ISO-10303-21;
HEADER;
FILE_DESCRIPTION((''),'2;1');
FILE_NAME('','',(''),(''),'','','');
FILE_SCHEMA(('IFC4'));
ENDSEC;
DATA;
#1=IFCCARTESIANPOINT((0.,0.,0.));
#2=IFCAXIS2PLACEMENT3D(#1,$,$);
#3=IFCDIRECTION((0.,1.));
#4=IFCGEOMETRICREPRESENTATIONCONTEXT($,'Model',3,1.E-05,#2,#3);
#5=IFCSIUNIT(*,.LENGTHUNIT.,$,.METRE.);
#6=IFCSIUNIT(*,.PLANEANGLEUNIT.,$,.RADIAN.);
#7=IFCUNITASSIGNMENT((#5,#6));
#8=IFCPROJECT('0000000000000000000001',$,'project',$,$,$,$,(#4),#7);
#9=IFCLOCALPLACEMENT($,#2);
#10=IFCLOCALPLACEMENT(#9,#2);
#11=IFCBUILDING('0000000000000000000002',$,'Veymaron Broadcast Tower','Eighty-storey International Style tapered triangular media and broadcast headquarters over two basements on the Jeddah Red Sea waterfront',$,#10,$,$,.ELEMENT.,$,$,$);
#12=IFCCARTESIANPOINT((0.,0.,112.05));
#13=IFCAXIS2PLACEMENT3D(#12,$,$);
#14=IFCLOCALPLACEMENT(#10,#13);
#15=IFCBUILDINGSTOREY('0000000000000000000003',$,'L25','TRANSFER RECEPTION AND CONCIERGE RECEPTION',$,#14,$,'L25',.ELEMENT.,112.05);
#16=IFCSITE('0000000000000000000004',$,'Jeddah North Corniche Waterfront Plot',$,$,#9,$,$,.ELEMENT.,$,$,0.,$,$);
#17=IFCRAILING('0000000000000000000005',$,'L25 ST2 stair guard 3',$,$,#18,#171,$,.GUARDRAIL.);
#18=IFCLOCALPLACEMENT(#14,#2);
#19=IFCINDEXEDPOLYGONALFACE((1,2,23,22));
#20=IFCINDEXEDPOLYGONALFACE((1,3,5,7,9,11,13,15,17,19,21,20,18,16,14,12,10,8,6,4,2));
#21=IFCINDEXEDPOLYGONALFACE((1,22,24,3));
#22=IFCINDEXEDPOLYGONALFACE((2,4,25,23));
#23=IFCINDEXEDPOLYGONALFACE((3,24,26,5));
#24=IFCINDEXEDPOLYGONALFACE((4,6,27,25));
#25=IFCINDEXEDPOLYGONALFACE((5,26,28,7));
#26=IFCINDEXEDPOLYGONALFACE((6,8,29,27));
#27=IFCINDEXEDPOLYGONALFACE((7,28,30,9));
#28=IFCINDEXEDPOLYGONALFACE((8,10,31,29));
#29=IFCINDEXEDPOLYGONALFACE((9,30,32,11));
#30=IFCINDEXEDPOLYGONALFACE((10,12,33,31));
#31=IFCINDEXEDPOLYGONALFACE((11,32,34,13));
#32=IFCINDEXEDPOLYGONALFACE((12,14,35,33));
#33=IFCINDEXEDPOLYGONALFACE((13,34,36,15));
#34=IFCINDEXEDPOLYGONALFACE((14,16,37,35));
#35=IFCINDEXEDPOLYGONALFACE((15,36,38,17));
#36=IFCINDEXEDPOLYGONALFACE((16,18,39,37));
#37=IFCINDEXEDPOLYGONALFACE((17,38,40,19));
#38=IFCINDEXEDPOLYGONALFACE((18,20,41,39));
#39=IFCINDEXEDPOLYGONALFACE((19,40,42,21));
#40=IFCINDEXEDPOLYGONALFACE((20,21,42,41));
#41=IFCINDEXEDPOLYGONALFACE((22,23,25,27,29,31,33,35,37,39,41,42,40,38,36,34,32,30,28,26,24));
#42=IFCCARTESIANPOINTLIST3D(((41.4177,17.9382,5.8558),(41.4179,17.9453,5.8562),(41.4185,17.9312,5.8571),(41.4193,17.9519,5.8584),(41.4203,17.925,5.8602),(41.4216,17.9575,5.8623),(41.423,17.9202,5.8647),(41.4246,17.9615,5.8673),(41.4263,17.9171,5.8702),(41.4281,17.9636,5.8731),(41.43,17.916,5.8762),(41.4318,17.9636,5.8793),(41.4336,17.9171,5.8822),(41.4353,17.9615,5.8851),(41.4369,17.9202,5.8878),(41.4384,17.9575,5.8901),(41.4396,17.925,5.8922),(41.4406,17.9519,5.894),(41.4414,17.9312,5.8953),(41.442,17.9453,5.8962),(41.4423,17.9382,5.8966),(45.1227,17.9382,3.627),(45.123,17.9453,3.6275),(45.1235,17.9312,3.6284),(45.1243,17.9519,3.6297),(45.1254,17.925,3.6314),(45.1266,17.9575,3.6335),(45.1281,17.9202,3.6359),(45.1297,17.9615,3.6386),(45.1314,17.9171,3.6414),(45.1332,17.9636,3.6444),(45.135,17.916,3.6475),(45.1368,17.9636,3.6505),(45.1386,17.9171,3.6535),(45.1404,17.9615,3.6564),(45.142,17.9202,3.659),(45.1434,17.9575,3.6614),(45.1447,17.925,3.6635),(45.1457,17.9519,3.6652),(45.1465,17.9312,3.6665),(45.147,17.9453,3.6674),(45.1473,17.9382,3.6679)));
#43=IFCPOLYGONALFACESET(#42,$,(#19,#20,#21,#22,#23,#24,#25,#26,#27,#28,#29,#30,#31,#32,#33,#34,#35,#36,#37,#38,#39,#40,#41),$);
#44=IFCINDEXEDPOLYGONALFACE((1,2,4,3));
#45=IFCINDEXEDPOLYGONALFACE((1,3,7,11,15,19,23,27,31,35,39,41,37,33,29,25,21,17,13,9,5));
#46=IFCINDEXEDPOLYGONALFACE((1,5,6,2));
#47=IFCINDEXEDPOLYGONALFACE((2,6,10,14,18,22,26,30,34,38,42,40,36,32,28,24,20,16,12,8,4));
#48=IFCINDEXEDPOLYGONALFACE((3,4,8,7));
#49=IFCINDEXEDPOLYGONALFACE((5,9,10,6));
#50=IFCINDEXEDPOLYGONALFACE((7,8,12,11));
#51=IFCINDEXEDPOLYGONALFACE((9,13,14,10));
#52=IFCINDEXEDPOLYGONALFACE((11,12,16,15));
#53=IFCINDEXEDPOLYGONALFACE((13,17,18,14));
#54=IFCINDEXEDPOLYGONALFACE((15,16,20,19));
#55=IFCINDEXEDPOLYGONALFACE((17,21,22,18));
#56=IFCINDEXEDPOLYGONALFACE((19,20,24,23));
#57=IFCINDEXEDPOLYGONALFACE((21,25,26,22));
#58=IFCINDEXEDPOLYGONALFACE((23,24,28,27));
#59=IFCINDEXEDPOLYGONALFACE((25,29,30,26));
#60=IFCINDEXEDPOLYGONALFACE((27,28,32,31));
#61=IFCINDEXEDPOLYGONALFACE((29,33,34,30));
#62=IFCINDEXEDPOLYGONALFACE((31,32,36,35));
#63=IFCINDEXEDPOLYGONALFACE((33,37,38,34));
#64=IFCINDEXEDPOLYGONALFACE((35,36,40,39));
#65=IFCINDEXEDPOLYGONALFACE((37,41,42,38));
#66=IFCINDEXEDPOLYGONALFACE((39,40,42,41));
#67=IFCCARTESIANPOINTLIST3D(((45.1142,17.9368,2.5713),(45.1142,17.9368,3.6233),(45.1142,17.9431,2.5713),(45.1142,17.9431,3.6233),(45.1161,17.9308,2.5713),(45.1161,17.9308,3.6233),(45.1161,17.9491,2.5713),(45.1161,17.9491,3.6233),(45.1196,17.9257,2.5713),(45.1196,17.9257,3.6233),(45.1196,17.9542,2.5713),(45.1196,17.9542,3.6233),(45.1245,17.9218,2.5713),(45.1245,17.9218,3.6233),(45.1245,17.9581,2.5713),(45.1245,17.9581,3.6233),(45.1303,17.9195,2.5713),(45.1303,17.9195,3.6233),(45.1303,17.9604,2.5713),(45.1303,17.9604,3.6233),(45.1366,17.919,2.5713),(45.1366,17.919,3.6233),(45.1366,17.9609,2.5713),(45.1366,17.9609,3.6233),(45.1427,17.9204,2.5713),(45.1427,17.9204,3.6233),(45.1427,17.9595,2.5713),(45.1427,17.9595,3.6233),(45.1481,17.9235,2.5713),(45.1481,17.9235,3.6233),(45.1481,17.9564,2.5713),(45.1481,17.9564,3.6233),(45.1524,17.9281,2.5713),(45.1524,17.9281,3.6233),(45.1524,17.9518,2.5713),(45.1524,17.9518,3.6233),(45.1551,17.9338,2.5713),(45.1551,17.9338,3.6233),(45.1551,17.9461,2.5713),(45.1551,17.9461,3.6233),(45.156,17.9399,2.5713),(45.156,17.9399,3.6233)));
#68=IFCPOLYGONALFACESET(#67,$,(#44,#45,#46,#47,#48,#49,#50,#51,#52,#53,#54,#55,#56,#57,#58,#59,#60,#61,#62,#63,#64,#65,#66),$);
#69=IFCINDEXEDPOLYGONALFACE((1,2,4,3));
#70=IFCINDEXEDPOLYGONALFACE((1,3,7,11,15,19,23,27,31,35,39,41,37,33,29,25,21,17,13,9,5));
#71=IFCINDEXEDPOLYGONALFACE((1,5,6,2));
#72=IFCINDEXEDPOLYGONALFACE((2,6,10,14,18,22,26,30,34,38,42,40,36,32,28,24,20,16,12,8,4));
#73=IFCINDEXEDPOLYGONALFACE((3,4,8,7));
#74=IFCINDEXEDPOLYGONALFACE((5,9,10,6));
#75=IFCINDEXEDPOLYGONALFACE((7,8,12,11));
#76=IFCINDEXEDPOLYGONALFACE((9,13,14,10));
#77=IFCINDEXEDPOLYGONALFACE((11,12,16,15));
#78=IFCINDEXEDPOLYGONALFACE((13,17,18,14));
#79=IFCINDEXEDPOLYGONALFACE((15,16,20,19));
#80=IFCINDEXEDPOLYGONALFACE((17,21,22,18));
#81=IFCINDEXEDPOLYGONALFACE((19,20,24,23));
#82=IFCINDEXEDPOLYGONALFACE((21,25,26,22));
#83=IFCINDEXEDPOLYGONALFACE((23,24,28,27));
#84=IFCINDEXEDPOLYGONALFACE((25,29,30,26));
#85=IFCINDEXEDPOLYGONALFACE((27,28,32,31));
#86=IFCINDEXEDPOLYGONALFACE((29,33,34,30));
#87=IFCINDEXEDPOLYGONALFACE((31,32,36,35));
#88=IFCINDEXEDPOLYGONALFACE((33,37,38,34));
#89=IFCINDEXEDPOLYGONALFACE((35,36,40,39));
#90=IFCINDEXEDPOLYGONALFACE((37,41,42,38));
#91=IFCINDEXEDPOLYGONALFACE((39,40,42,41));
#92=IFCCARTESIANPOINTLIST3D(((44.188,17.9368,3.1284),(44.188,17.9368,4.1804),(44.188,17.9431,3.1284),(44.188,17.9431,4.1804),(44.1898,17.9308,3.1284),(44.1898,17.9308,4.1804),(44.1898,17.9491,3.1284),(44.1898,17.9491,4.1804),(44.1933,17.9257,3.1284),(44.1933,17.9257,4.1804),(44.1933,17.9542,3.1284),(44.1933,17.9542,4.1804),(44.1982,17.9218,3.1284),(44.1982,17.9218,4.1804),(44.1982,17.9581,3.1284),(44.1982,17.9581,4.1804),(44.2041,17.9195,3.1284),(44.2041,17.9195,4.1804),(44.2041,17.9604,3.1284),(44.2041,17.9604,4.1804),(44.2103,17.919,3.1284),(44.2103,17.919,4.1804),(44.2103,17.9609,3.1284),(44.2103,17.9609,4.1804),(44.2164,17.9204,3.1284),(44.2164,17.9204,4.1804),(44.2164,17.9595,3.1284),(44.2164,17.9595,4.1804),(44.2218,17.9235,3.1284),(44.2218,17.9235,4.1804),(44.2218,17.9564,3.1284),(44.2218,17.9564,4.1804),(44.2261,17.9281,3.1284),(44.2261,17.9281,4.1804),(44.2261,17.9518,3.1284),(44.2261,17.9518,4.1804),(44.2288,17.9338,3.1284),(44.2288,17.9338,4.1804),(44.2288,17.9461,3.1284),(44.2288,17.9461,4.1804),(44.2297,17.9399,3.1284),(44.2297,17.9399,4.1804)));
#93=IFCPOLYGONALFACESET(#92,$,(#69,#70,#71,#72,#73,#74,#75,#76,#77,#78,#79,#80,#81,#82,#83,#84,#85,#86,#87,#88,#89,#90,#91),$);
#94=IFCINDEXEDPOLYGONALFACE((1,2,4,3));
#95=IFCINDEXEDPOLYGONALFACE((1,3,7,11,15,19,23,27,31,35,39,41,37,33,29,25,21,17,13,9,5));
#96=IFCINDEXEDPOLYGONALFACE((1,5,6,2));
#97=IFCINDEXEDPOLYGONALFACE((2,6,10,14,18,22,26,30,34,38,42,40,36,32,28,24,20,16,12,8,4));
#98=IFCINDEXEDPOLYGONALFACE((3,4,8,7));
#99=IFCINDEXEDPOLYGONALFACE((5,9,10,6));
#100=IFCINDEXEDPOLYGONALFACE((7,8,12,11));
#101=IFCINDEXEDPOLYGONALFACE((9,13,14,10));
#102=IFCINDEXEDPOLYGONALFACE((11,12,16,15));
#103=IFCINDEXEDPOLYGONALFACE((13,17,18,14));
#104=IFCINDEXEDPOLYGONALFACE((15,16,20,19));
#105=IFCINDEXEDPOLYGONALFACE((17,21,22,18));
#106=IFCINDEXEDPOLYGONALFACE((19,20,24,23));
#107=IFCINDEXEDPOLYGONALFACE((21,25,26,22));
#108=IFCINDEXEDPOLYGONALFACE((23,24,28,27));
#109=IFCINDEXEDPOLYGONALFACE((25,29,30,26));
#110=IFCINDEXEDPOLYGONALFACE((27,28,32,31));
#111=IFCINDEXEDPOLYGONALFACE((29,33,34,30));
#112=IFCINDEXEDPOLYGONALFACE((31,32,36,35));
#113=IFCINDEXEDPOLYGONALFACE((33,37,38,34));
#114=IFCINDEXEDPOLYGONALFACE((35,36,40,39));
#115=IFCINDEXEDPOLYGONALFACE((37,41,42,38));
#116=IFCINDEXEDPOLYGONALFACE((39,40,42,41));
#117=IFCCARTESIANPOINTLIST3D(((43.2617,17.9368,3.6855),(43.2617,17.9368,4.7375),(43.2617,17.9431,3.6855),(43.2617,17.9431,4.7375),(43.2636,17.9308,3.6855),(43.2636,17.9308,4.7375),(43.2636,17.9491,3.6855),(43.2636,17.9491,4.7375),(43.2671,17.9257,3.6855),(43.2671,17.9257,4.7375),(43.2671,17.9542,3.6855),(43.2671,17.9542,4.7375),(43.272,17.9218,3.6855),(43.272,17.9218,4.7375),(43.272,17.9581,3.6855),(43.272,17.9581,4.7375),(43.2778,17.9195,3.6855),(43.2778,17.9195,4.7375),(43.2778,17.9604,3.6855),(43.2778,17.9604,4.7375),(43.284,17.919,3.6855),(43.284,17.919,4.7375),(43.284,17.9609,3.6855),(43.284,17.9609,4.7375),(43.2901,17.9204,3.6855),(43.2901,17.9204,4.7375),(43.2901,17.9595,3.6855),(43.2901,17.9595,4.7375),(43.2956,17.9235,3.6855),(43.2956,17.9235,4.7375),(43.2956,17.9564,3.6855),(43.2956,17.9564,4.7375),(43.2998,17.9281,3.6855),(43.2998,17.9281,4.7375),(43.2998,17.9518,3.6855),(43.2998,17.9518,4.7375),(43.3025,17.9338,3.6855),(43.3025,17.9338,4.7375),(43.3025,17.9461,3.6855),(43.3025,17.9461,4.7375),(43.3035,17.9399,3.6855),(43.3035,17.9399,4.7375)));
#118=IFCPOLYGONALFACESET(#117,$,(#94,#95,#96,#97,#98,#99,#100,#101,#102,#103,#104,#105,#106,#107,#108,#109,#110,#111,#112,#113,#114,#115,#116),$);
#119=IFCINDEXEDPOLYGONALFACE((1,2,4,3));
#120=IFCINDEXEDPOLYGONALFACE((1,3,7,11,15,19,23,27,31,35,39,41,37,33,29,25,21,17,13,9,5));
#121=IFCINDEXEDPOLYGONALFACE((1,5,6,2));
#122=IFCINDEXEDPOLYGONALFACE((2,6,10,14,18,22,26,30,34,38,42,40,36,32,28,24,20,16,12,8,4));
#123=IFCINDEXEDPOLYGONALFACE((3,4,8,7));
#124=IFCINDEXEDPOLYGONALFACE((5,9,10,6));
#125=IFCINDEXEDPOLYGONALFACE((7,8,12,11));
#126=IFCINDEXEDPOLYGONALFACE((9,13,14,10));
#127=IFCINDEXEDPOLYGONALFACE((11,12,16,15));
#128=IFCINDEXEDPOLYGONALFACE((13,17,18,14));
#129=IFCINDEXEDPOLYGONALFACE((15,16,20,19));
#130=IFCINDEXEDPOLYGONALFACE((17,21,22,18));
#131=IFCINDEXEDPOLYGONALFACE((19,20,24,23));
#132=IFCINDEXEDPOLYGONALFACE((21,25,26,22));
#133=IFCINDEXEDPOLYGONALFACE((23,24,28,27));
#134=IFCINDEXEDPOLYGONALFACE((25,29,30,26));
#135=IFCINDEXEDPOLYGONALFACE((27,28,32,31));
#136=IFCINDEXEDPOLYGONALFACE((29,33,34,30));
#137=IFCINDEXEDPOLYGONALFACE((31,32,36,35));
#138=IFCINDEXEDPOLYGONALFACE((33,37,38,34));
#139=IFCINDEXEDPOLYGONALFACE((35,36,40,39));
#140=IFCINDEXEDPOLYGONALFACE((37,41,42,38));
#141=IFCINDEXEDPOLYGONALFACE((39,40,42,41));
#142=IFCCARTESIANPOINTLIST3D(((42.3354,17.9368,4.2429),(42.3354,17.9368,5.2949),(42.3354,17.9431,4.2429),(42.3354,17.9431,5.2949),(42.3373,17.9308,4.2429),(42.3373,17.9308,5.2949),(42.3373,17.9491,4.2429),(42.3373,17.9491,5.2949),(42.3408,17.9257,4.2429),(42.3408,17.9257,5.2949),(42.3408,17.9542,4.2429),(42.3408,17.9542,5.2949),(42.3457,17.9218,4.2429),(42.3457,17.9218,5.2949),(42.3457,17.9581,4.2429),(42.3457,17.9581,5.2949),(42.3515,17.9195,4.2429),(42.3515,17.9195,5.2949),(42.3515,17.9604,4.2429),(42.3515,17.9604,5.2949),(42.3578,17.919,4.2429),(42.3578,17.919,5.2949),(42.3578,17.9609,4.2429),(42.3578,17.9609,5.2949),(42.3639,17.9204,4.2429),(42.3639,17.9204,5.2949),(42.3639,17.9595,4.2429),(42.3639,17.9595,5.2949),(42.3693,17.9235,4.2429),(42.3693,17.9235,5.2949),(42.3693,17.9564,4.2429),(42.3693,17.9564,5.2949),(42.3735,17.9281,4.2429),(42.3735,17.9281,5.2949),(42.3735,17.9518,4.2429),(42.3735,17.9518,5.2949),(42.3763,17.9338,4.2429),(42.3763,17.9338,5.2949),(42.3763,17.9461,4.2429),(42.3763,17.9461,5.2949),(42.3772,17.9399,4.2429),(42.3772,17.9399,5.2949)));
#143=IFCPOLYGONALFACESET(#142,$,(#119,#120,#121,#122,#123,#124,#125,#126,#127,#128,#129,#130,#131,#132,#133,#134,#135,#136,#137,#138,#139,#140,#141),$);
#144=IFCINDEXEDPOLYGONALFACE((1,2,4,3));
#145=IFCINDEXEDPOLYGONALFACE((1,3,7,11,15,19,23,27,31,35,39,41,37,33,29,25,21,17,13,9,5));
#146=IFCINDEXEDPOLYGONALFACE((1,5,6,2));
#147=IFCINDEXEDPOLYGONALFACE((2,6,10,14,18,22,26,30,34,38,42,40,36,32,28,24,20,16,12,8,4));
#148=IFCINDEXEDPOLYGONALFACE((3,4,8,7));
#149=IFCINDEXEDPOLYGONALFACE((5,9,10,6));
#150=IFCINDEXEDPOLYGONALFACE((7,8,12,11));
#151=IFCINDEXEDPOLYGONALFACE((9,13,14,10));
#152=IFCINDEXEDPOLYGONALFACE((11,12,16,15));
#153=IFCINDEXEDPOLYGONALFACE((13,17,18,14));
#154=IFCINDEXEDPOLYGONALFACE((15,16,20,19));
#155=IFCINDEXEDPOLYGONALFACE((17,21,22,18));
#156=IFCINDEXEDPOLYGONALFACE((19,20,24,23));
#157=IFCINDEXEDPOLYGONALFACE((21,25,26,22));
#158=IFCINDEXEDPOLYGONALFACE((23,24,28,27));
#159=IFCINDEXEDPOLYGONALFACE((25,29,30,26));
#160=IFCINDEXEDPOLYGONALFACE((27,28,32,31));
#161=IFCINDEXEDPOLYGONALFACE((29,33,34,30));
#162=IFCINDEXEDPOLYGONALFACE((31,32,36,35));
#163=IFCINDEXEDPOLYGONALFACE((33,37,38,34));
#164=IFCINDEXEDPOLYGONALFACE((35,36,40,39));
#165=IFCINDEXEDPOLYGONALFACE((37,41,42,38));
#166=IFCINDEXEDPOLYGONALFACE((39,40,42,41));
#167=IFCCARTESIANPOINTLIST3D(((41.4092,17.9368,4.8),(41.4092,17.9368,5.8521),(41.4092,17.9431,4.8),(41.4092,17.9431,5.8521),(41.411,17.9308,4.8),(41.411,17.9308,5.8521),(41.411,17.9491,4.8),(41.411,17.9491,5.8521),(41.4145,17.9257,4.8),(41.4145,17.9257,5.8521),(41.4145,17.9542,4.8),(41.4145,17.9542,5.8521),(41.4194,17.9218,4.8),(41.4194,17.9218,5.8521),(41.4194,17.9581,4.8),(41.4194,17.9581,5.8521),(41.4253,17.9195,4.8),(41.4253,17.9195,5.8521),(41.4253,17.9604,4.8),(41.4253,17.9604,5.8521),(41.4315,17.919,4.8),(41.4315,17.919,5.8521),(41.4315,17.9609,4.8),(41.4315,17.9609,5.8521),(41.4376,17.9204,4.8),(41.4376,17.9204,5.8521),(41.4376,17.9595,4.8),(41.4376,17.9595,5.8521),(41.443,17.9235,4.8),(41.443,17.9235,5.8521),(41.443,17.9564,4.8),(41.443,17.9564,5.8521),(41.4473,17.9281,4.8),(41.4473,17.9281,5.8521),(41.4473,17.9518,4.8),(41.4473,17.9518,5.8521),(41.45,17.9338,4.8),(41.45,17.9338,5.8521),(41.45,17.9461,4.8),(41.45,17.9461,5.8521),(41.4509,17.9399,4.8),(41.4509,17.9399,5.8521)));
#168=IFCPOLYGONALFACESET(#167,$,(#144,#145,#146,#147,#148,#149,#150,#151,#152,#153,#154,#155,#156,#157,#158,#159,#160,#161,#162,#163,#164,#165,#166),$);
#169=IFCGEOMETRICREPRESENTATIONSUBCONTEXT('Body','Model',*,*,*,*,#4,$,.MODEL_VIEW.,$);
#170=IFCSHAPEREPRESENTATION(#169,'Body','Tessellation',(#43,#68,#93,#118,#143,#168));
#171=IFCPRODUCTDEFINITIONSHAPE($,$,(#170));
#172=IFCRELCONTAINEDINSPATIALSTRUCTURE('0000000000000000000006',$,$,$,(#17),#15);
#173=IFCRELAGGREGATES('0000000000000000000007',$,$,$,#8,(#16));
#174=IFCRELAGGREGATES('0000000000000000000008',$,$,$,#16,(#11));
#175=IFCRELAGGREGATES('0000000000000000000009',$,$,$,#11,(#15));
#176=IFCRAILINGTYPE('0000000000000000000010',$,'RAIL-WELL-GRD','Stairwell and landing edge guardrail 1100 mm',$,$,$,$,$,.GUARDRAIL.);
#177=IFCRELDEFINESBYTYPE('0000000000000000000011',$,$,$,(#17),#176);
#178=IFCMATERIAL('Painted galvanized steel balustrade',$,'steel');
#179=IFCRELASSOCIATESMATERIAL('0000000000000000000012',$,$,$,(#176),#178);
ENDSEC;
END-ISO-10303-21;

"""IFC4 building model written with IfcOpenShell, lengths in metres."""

from ifc_helpers import new_model, si_unit, direction, frame, origin, origin_2d, place, context, subcontext, project, spatial, circle, extrude, material, type_object, element, save


model = new_model("IFC4")

# Units and contexts
model_context = context("Model", 3, precision=1e-05, world=origin(), true_north=direction((0.0, 1.0)))
body_context = subcontext(model_context, "Body", "Model", "MODEL_VIEW")
ifc_project = project(units=[si_unit("LENGTHUNIT", "METRE"), si_unit("PLANEANGLEUNIT", "RADIAN")], contexts=[model_context])

# Site, building, storey
site_placement = place(None, origin())
site = spatial("IfcSite", under=ifc_project, at=site_placement, Name="Jeddah North Corniche Waterfront Plot", CompositionType="ELEMENT", RefElevation=0.0)
building_placement = place(site_placement, origin())
building = spatial("IfcBuilding", under=site, at=building_placement, Name="Veymaron Broadcast Tower", Description="Eighty-storey International Style tapered triangular media and broadcast headquarters over two basements on the Jeddah Red Sea waterfront", CompositionType="ELEMENT")
storey_placement = place(building_placement, frame((0.0, 0.0, 112.05)))
storey = spatial("IfcBuildingStorey", under=building, at=storey_placement, Name="L25", Description="TRANSFER RECEPTION AND CONCIERGE RECEPTION", LongName="L25", CompositionType="ELEMENT", Elevation=112.05)

# Railing
ifc_material_1 = material(Name="Painted galvanized steel balustrade", Category="steel")
railing_type_1 = type_object("IfcRailingType", Name="RAIL-WELL-GRD", Description="Stairwell and landing edge guardrail 1100 mm", PredefinedType="GUARDRAIL", material=ifc_material_1)
railing_1_placement = place(storey_placement, frame((45.135, 17.9399, 2.5713)))
element("IfcRailing", 1, at=railing_1_placement, inside=storey, type_object=railing_type_1, Name="L25 ST2 stair guard 3", PredefinedType="GUARDRAIL", context=body_context, shape_type="SweptSolid", body=[
    extrude(circle(Radius=0.0239, at=origin_2d()), frame((0.0, 0.0, 1.0762), z_axis=(-0.856909, 0.0, 0.515467), x_axis=(0.0, -1.0, 0.0)), (0.0, 0.0, 1.0), 4.3237),
    extrude(circle(Radius=0.021, at=origin_2d()), origin(), (0.0, 0.0, 1.0), 1.052),
    extrude(circle(Radius=0.021, at=origin_2d()), frame((-0.9263, 0.0, 0.5571)), (0.0, 0.0, 1.0), 1.052),
    extrude(circle(Radius=0.021, at=origin_2d()), frame((-1.8525, 0.0, 1.1143)), (0.0, 0.0, 1.0), 1.052),
    extrude(circle(Radius=0.021, at=origin_2d()), frame((-2.7788, 0.0, 1.6716)), (0.0, 0.0, 1.0), 1.052),
    extrude(circle(Radius=0.021, at=origin_2d()), frame((-3.7051, 0.0, 2.2288)), (0.0, 0.0, 1.0), 1.052),
])

save(model, "model.ifc")
